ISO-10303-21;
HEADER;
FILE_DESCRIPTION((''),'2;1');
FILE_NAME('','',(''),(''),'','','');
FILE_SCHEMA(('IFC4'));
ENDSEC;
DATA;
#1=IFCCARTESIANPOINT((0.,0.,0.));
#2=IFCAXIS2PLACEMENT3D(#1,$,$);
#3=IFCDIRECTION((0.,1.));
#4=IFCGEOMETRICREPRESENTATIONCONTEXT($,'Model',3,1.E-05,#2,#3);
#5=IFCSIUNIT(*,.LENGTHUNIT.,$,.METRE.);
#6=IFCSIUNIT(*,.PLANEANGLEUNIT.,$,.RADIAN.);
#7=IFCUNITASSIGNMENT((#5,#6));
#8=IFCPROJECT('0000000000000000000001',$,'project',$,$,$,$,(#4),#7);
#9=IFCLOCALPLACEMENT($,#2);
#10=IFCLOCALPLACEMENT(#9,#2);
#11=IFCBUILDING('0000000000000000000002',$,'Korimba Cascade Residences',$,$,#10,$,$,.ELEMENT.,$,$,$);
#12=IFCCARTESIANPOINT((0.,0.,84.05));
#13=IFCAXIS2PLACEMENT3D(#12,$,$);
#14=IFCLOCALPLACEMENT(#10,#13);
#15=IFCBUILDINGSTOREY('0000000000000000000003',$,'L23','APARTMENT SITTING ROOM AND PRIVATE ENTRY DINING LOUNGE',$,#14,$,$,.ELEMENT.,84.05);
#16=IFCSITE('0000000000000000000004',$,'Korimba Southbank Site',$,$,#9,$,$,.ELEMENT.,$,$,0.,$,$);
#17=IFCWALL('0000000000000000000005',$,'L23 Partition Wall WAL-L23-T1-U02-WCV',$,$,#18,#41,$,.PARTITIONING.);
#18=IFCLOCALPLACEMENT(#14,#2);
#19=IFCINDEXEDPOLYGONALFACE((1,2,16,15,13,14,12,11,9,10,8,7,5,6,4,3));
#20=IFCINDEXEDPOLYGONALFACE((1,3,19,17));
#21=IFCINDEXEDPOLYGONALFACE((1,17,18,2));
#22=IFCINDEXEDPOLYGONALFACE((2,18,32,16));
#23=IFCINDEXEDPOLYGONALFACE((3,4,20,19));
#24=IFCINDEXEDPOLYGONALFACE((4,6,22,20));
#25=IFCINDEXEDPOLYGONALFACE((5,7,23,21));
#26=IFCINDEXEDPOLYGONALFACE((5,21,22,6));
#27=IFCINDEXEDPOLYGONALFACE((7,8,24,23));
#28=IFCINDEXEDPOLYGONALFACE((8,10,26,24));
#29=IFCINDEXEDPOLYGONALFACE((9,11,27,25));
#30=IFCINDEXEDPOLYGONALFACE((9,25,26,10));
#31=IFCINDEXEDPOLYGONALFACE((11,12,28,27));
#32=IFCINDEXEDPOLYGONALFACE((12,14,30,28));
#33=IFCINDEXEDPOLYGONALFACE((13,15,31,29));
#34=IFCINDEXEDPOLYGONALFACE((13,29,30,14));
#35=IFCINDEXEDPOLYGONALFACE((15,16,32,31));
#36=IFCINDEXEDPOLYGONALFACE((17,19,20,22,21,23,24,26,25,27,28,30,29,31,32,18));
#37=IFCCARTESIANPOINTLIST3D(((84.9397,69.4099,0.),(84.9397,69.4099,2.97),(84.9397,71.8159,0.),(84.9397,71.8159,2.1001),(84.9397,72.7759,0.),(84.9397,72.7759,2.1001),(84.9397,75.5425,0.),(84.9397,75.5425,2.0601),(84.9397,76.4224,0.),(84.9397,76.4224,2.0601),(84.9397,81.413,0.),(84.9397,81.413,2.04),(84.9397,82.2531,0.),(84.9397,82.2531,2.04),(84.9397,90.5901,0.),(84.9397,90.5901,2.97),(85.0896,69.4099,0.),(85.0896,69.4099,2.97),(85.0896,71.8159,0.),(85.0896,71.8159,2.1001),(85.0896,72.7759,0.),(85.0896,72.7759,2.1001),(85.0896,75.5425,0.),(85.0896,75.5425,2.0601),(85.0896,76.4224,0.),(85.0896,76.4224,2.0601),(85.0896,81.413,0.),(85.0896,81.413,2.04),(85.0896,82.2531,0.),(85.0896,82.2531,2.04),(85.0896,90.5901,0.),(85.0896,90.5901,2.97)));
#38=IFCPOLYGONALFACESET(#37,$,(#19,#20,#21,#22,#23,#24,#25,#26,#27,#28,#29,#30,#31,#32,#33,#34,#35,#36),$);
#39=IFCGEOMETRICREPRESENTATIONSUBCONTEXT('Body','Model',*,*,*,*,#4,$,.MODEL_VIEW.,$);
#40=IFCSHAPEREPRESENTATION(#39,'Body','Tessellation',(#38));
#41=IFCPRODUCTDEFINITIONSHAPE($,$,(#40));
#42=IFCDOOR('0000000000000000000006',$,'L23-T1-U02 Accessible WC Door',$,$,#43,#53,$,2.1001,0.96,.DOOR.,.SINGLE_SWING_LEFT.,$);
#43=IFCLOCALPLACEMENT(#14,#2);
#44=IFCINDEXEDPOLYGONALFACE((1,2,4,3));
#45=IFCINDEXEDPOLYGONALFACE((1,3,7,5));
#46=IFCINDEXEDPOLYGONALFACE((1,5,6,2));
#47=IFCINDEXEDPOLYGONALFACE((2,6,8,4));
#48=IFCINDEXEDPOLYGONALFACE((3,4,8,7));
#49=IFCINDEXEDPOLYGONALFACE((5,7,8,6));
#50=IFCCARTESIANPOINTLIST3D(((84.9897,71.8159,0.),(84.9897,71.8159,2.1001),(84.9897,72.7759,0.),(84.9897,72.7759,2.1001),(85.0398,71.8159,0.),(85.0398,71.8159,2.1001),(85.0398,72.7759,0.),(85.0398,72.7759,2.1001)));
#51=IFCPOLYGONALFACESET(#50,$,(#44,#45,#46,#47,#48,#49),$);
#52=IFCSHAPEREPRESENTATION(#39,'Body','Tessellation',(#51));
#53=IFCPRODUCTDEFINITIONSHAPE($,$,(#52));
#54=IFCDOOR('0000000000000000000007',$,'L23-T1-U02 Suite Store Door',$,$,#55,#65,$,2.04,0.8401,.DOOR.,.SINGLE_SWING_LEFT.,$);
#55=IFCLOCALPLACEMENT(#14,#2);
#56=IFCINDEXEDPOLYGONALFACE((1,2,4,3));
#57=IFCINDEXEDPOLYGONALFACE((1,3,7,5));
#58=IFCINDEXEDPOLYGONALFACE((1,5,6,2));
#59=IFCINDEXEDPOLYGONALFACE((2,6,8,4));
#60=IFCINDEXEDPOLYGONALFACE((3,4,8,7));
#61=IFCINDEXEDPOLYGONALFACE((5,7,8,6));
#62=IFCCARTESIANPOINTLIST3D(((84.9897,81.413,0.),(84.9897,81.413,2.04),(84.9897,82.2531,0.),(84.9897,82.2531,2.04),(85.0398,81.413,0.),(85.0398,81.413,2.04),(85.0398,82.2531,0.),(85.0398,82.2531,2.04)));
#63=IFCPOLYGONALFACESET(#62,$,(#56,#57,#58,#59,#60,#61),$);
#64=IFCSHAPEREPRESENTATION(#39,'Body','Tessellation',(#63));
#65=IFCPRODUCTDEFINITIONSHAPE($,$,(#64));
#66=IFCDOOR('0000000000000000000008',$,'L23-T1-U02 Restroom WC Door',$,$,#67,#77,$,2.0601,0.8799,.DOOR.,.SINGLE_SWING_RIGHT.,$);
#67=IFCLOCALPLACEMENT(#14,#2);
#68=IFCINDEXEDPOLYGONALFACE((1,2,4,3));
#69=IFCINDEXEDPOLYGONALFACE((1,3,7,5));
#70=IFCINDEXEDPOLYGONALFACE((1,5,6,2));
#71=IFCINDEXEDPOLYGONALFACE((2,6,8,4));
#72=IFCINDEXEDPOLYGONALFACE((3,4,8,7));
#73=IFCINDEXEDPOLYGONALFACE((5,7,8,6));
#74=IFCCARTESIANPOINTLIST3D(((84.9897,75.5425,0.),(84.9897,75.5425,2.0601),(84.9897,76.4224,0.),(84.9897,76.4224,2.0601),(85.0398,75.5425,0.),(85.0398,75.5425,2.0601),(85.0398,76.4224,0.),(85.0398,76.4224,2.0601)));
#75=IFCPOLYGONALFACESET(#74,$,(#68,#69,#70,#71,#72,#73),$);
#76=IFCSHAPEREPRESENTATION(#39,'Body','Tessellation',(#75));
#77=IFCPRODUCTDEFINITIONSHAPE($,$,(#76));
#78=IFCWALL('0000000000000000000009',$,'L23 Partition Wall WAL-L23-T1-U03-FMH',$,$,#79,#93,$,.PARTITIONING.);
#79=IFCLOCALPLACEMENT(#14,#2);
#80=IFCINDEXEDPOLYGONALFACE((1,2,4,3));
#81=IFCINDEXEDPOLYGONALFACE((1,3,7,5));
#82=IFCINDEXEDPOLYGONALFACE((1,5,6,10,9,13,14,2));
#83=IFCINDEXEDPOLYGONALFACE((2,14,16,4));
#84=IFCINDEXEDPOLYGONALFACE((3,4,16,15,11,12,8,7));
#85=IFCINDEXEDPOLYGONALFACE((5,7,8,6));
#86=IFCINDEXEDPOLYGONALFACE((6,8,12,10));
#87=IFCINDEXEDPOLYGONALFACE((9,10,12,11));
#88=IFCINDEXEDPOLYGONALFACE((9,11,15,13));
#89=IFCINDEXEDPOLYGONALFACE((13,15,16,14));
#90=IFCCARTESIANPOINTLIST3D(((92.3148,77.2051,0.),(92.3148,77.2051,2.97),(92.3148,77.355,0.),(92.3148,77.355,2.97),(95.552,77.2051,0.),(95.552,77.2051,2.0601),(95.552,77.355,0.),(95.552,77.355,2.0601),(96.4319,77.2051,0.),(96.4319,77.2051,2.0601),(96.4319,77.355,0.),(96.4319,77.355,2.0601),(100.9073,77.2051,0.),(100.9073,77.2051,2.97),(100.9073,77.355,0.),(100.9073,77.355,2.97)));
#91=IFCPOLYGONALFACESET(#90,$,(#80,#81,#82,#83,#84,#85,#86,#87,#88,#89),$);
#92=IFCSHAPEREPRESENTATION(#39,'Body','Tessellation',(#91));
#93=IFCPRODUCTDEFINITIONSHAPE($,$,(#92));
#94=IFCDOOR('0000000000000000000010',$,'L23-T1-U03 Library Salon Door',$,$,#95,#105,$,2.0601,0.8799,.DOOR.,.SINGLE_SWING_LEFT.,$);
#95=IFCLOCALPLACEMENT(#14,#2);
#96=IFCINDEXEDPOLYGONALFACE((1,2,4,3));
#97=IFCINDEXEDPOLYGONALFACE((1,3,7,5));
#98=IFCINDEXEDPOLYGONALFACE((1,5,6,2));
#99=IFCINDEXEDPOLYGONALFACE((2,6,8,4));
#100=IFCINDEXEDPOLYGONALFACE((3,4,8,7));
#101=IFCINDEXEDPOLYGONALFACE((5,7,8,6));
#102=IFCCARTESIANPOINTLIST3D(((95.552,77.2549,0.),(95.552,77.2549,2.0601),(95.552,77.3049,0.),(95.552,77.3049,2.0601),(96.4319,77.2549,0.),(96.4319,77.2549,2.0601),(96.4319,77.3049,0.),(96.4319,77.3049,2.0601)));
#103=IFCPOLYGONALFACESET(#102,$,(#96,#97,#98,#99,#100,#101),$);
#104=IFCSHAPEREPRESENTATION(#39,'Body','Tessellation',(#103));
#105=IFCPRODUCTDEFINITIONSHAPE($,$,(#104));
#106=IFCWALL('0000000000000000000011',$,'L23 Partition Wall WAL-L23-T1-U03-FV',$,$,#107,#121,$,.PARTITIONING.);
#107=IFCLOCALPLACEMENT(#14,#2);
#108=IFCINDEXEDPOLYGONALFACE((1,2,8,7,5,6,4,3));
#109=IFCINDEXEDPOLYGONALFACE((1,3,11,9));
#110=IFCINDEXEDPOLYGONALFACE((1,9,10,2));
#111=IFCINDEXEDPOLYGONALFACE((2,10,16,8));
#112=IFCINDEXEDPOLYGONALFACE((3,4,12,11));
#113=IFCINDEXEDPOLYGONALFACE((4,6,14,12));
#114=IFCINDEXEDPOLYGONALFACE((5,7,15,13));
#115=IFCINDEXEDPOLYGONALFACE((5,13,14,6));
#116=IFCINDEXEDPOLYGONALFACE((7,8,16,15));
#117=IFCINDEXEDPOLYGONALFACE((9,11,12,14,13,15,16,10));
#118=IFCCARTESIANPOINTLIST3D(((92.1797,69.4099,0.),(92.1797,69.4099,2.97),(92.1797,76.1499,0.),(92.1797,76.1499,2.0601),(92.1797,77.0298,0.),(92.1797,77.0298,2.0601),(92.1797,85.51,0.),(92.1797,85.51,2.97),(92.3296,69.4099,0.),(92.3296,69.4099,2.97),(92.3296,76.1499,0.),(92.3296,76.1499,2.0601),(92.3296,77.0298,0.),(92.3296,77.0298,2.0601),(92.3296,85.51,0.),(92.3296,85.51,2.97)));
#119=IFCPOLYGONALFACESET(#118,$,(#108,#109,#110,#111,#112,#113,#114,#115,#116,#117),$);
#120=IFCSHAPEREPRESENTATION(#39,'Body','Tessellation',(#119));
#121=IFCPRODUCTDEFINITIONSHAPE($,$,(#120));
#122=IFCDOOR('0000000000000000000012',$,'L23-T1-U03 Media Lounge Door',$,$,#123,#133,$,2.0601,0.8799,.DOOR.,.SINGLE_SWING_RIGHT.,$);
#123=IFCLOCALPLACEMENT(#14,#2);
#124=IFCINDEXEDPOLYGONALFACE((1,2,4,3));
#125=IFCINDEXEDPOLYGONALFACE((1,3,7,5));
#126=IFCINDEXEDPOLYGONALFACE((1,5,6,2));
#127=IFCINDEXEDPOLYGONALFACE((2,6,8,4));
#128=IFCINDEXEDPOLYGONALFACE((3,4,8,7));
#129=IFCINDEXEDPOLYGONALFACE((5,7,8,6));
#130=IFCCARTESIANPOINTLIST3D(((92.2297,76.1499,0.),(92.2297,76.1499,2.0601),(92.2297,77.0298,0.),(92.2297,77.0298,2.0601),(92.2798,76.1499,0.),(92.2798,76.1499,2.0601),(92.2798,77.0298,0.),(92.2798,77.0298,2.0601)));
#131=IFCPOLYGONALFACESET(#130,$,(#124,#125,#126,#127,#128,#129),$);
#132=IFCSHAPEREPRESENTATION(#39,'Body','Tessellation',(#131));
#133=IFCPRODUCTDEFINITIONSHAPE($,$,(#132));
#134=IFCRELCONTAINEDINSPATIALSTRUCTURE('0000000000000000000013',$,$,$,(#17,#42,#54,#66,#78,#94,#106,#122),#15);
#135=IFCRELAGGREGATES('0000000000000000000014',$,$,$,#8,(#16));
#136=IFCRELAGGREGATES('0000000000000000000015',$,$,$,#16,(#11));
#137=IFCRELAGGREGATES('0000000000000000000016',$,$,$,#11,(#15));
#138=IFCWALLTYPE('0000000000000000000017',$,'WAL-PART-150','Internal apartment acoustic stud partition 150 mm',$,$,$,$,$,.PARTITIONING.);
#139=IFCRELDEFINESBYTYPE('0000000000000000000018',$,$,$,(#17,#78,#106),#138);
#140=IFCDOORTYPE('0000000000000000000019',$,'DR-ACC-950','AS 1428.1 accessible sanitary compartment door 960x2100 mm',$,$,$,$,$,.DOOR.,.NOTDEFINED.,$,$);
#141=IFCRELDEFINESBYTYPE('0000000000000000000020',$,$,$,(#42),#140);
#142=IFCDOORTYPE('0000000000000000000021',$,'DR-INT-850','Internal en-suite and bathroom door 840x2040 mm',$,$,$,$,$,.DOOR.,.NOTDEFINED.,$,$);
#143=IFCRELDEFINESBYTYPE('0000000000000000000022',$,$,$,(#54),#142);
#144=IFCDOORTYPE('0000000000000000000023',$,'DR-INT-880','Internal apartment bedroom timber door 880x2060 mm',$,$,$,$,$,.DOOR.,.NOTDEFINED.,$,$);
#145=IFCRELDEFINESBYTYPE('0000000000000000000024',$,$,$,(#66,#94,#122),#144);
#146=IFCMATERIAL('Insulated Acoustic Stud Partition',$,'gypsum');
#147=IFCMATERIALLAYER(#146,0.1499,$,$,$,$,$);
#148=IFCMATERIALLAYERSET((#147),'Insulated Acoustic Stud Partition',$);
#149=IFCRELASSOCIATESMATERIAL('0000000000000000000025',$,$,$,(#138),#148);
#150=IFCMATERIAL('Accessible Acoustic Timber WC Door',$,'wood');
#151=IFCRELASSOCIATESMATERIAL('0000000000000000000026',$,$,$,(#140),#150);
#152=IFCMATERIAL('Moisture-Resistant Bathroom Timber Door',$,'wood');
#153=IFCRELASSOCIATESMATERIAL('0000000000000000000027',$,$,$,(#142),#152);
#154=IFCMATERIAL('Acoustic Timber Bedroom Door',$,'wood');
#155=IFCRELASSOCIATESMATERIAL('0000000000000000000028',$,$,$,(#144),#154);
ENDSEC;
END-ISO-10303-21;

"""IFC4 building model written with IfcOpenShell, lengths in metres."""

from ifc_helpers import new_model, si_unit, direction, frame, frame_2d, origin, place, context, subcontext, project, spatial, rectangle, extrude, material, layer, layer_set, type_object, element, fill, save


model = new_model("IFC4")

# Units and contexts
model_context = context("Model", 3, precision=1e-05, world=origin(), true_north=direction((0.0, 1.0)))
body_context = subcontext(model_context, "Body", "Model", "MODEL_VIEW")
ifc_project = project(units=[si_unit("LENGTHUNIT", "METRE"), si_unit("PLANEANGLEUNIT", "RADIAN")], contexts=[model_context])

# Site, building, storey
site_placement = place(None, origin())
site = spatial("IfcSite", under=ifc_project, at=site_placement, Name="Korimba Southbank Site", CompositionType="ELEMENT", RefElevation=0.0)
building_placement = place(site_placement, origin())
building = spatial("IfcBuilding", under=site, at=building_placement, Name="Korimba Cascade Residences", CompositionType="ELEMENT")
storey_placement = place(building_placement, frame((0.0, 0.0, 84.05)))
storey = spatial("IfcBuildingStorey", under=building, at=storey_placement, Name="L23", Description="APARTMENT SITTING ROOM AND PRIVATE ENTRY DINING LOUNGE", CompositionType="ELEMENT", Elevation=84.05)

# Shared definitions
ifc_material_1 = material(Name="Insulated Acoustic Stud Partition", Category="gypsum")
ifc_layer_1 = layer(ifc_material_1, 0.1499)
ifc_layer_set_1 = layer_set([ifc_layer_1], Name="Insulated Acoustic Stud Partition")
wall_type_1 = type_object("IfcWallType", Name="WAL-PART-150", Description="Internal apartment acoustic stud partition 150 mm", PredefinedType="PARTITIONING", material=ifc_layer_set_1)

# Wall, openings, doors
wall_1_placement = place(storey_placement, frame((85.0146, 69.4099, 0.0), z_axis=(0.0, 0.0, 1.0), x_axis=(0.0, 1.0, 0.0)))
wall_1 = element("IfcWall", 1, at=wall_1_placement, inside=storey, type_object=wall_type_1, Name="L23 Partition Wall WAL-L23-T1-U02-WCV", PredefinedType="PARTITIONING", context=body_context, shape_type="SweptSolid", body=[
    extrude(rectangle(XDim=21.1802, YDim=0.1499, at=frame_2d((10.5901, 0.0))), origin(), (0.0, 0.0, 1.0), 2.97),
])
opening_1_placement = place(wall_1_placement, frame((2.406, 0.0, 0.0)))
opening_1 = element("IfcOpeningElement", 2, at=opening_1_placement, cuts=wall_1, PredefinedType="OPENING", context=body_context, shape_type="SweptSolid", body=[
    extrude(rectangle(XDim=0.96, YDim=2.1001, at=frame_2d((0.48, 1.05))), frame((0.0, 0.085, 0.0), z_axis=(0.0, -1.0, 0.0), x_axis=(1.0, 0.0, 0.0)), (0.0, 0.0, 1.0), 0.1699),
])
opening_2_placement = place(wall_1_placement, frame((6.1326, 0.0, 0.0)))
opening_2 = element("IfcOpeningElement", 3, at=opening_2_placement, cuts=wall_1, PredefinedType="OPENING", context=body_context, shape_type="SweptSolid", body=[
    extrude(rectangle(XDim=0.8799, YDim=2.0601, at=frame_2d((0.4399, 1.03))), frame((0.0, 0.085, 0.0), z_axis=(0.0, -1.0, 0.0), x_axis=(1.0, 0.0, 0.0)), (0.0, 0.0, 1.0), 0.1699),
])
opening_3_placement = place(wall_1_placement, frame((12.0032, 0.0, 0.0)))
opening_3 = element("IfcOpeningElement", 4, at=opening_3_placement, cuts=wall_1, PredefinedType="OPENING", context=body_context, shape_type="SweptSolid", body=[
    extrude(rectangle(XDim=0.8401, YDim=2.04, at=frame_2d((0.4199, 1.02))), frame((0.0, 0.085, 0.0), z_axis=(0.0, -1.0, 0.0), x_axis=(1.0, 0.0, 0.0)), (0.0, 0.0, 1.0), 0.1699),
])
ifc_material_2 = material(Name="Accessible Acoustic Timber WC Door", Category="wood")
door_type_1 = type_object("IfcDoorType", Name="DR-ACC-950", Description="AS 1428.1 accessible sanitary compartment door 960x2100 mm", OperationType="NOTDEFINED", PredefinedType="DOOR", material=ifc_material_2)
door_1_placement = place(opening_1_placement, origin())
door_1 = element("IfcDoor", 5, at=door_1_placement, inside=storey, type_object=door_type_1, Name="L23-T1-U02 Accessible WC Door", OperationType="SINGLE_SWING_LEFT", OverallHeight=2.1001, OverallWidth=0.96, PredefinedType="DOOR", context=body_context, shape_type="SweptSolid", body=[
    extrude(rectangle(XDim=0.96, YDim=2.1001, at=frame_2d((0.48, 1.05))), frame((0.0, 0.0249, 0.0), z_axis=(0.0, -1.0, 0.0), x_axis=(1.0, 0.0, 0.0)), (0.0, 0.0, 1.0), 0.05),
])
fill(opening_1, door_1)
ifc_material_3 = material(Name="Moisture-Resistant Bathroom Timber Door", Category="wood")
door_type_2 = type_object("IfcDoorType", Name="DR-INT-850", Description="Internal en-suite and bathroom door 840x2040 mm", OperationType="NOTDEFINED", PredefinedType="DOOR", material=ifc_material_3)
door_2_placement = place(opening_3_placement, origin())
door_2 = element("IfcDoor", 6, at=door_2_placement, inside=storey, type_object=door_type_2, Name="L23-T1-U02 Suite Store Door", OperationType="SINGLE_SWING_LEFT", OverallHeight=2.04, OverallWidth=0.8401, PredefinedType="DOOR", context=body_context, shape_type="SweptSolid", body=[
    extrude(rectangle(XDim=0.8401, YDim=2.04, at=frame_2d((0.4199, 1.02))), frame((0.0, 0.0249, 0.0), z_axis=(0.0, -1.0, 0.0), x_axis=(1.0, 0.0, 0.0)), (0.0, 0.0, 1.0), 0.05),
])
fill(opening_3, door_2)
ifc_material_4 = material(Name="Acoustic Timber Bedroom Door", Category="wood")
door_type_3 = type_object("IfcDoorType", Name="DR-INT-880", Description="Internal apartment bedroom timber door 880x2060 mm", OperationType="NOTDEFINED", PredefinedType="DOOR", material=ifc_material_4)
door_3_placement = place(opening_2_placement, origin())
door_3 = element("IfcDoor", 7, at=door_3_placement, inside=storey, type_object=door_type_3, Name="L23-T1-U02 Restroom WC Door", OperationType="SINGLE_SWING_RIGHT", OverallHeight=2.0601, OverallWidth=0.8799, PredefinedType="DOOR", context=body_context, shape_type="SweptSolid", body=[
    extrude(rectangle(XDim=0.8799, YDim=2.0601, at=frame_2d((0.4399, 1.03))), frame((0.0, 0.0249, 0.0), z_axis=(0.0, -1.0, 0.0), x_axis=(1.0, 0.0, 0.0)), (0.0, 0.0, 1.0), 0.05),
])
fill(opening_2, door_3)

# Walls, openings, doors
wall_2_placement = place(storey_placement, frame((92.3147, 77.28, 0.0), z_axis=(0.0, 0.0, 1.0), x_axis=(1.0, 0.0, 0.0)))
wall_2 = element("IfcWall", 8, at=wall_2_placement, inside=storey, type_object=wall_type_1, Name="L23 Partition Wall WAL-L23-T1-U03-FMH", PredefinedType="PARTITIONING", context=body_context, shape_type="SweptSolid", body=[
    extrude(rectangle(XDim=8.5925, YDim=0.1499, at=frame_2d((4.2964, 0.0))), origin(), (0.0, 0.0, 1.0), 2.97),
])
opening_4_placement = place(wall_2_placement, frame((3.2373, 0.0, 0.0)))
opening_4 = element("IfcOpeningElement", 9, at=opening_4_placement, cuts=wall_2, PredefinedType="OPENING", context=body_context, shape_type="SweptSolid", body=[
    extrude(rectangle(XDim=0.8799, YDim=2.0601, at=frame_2d((0.4399, 1.03))), frame((0.0, 0.085, 0.0), z_axis=(0.0, -1.0, 0.0), x_axis=(1.0, 0.0, 0.0)), (0.0, 0.0, 1.0), 0.1699),
])
door_4_placement = place(opening_4_placement, origin())
door_4 = element("IfcDoor", 10, at=door_4_placement, inside=storey, type_object=door_type_3, Name="L23-T1-U03 Library Salon Door", OperationType="SINGLE_SWING_LEFT", OverallHeight=2.0601, OverallWidth=0.8799, PredefinedType="DOOR", context=body_context, shape_type="SweptSolid", body=[
    extrude(rectangle(XDim=0.8799, YDim=2.0601, at=frame_2d((0.4399, 1.03))), frame((0.0, 0.0249, 0.0), z_axis=(0.0, -1.0, 0.0), x_axis=(1.0, 0.0, 0.0)), (0.0, 0.0, 1.0), 0.05),
])
fill(opening_4, door_4)
wall_3_placement = place(storey_placement, frame((92.2546, 69.4099, 0.0), z_axis=(0.0, 0.0, 1.0), x_axis=(0.0, 1.0, 0.0)))
wall_3 = element("IfcWall", 11, at=wall_3_placement, inside=storey, type_object=wall_type_1, Name="L23 Partition Wall WAL-L23-T1-U03-FV", PredefinedType="PARTITIONING", context=body_context, shape_type="SweptSolid", body=[
    extrude(rectangle(XDim=16.1001, YDim=0.1499, at=frame_2d((8.05, 0.0))), origin(), (0.0, 0.0, 1.0), 2.97),
])
opening_5_placement = place(wall_3_placement, frame((6.74, 0.0, 0.0)))
opening_5 = element("IfcOpeningElement", 12, at=opening_5_placement, cuts=wall_3, PredefinedType="OPENING", context=body_context, shape_type="SweptSolid", body=[
    extrude(rectangle(XDim=0.8799, YDim=2.0601, at=frame_2d((0.4399, 1.03))), frame((0.0, 0.085, 0.0), z_axis=(0.0, -1.0, 0.0), x_axis=(1.0, 0.0, 0.0)), (0.0, 0.0, 1.0), 0.1699),
])
door_5_placement = place(opening_5_placement, origin())
door_5 = element("IfcDoor", 13, at=door_5_placement, inside=storey, type_object=door_type_3, Name="L23-T1-U03 Media Lounge Door", OperationType="SINGLE_SWING_RIGHT", OverallHeight=2.0601, OverallWidth=0.8799, PredefinedType="DOOR", context=body_context, shape_type="SweptSolid", body=[
    extrude(rectangle(XDim=0.8799, YDim=2.0601, at=frame_2d((0.4399, 1.03))), frame((0.0, 0.0249, 0.0), z_axis=(0.0, -1.0, 0.0), x_axis=(1.0, 0.0, 0.0)), (0.0, 0.0, 1.0), 0.05),
])
fill(opening_5, door_5)

save(model, "model.ifc")
